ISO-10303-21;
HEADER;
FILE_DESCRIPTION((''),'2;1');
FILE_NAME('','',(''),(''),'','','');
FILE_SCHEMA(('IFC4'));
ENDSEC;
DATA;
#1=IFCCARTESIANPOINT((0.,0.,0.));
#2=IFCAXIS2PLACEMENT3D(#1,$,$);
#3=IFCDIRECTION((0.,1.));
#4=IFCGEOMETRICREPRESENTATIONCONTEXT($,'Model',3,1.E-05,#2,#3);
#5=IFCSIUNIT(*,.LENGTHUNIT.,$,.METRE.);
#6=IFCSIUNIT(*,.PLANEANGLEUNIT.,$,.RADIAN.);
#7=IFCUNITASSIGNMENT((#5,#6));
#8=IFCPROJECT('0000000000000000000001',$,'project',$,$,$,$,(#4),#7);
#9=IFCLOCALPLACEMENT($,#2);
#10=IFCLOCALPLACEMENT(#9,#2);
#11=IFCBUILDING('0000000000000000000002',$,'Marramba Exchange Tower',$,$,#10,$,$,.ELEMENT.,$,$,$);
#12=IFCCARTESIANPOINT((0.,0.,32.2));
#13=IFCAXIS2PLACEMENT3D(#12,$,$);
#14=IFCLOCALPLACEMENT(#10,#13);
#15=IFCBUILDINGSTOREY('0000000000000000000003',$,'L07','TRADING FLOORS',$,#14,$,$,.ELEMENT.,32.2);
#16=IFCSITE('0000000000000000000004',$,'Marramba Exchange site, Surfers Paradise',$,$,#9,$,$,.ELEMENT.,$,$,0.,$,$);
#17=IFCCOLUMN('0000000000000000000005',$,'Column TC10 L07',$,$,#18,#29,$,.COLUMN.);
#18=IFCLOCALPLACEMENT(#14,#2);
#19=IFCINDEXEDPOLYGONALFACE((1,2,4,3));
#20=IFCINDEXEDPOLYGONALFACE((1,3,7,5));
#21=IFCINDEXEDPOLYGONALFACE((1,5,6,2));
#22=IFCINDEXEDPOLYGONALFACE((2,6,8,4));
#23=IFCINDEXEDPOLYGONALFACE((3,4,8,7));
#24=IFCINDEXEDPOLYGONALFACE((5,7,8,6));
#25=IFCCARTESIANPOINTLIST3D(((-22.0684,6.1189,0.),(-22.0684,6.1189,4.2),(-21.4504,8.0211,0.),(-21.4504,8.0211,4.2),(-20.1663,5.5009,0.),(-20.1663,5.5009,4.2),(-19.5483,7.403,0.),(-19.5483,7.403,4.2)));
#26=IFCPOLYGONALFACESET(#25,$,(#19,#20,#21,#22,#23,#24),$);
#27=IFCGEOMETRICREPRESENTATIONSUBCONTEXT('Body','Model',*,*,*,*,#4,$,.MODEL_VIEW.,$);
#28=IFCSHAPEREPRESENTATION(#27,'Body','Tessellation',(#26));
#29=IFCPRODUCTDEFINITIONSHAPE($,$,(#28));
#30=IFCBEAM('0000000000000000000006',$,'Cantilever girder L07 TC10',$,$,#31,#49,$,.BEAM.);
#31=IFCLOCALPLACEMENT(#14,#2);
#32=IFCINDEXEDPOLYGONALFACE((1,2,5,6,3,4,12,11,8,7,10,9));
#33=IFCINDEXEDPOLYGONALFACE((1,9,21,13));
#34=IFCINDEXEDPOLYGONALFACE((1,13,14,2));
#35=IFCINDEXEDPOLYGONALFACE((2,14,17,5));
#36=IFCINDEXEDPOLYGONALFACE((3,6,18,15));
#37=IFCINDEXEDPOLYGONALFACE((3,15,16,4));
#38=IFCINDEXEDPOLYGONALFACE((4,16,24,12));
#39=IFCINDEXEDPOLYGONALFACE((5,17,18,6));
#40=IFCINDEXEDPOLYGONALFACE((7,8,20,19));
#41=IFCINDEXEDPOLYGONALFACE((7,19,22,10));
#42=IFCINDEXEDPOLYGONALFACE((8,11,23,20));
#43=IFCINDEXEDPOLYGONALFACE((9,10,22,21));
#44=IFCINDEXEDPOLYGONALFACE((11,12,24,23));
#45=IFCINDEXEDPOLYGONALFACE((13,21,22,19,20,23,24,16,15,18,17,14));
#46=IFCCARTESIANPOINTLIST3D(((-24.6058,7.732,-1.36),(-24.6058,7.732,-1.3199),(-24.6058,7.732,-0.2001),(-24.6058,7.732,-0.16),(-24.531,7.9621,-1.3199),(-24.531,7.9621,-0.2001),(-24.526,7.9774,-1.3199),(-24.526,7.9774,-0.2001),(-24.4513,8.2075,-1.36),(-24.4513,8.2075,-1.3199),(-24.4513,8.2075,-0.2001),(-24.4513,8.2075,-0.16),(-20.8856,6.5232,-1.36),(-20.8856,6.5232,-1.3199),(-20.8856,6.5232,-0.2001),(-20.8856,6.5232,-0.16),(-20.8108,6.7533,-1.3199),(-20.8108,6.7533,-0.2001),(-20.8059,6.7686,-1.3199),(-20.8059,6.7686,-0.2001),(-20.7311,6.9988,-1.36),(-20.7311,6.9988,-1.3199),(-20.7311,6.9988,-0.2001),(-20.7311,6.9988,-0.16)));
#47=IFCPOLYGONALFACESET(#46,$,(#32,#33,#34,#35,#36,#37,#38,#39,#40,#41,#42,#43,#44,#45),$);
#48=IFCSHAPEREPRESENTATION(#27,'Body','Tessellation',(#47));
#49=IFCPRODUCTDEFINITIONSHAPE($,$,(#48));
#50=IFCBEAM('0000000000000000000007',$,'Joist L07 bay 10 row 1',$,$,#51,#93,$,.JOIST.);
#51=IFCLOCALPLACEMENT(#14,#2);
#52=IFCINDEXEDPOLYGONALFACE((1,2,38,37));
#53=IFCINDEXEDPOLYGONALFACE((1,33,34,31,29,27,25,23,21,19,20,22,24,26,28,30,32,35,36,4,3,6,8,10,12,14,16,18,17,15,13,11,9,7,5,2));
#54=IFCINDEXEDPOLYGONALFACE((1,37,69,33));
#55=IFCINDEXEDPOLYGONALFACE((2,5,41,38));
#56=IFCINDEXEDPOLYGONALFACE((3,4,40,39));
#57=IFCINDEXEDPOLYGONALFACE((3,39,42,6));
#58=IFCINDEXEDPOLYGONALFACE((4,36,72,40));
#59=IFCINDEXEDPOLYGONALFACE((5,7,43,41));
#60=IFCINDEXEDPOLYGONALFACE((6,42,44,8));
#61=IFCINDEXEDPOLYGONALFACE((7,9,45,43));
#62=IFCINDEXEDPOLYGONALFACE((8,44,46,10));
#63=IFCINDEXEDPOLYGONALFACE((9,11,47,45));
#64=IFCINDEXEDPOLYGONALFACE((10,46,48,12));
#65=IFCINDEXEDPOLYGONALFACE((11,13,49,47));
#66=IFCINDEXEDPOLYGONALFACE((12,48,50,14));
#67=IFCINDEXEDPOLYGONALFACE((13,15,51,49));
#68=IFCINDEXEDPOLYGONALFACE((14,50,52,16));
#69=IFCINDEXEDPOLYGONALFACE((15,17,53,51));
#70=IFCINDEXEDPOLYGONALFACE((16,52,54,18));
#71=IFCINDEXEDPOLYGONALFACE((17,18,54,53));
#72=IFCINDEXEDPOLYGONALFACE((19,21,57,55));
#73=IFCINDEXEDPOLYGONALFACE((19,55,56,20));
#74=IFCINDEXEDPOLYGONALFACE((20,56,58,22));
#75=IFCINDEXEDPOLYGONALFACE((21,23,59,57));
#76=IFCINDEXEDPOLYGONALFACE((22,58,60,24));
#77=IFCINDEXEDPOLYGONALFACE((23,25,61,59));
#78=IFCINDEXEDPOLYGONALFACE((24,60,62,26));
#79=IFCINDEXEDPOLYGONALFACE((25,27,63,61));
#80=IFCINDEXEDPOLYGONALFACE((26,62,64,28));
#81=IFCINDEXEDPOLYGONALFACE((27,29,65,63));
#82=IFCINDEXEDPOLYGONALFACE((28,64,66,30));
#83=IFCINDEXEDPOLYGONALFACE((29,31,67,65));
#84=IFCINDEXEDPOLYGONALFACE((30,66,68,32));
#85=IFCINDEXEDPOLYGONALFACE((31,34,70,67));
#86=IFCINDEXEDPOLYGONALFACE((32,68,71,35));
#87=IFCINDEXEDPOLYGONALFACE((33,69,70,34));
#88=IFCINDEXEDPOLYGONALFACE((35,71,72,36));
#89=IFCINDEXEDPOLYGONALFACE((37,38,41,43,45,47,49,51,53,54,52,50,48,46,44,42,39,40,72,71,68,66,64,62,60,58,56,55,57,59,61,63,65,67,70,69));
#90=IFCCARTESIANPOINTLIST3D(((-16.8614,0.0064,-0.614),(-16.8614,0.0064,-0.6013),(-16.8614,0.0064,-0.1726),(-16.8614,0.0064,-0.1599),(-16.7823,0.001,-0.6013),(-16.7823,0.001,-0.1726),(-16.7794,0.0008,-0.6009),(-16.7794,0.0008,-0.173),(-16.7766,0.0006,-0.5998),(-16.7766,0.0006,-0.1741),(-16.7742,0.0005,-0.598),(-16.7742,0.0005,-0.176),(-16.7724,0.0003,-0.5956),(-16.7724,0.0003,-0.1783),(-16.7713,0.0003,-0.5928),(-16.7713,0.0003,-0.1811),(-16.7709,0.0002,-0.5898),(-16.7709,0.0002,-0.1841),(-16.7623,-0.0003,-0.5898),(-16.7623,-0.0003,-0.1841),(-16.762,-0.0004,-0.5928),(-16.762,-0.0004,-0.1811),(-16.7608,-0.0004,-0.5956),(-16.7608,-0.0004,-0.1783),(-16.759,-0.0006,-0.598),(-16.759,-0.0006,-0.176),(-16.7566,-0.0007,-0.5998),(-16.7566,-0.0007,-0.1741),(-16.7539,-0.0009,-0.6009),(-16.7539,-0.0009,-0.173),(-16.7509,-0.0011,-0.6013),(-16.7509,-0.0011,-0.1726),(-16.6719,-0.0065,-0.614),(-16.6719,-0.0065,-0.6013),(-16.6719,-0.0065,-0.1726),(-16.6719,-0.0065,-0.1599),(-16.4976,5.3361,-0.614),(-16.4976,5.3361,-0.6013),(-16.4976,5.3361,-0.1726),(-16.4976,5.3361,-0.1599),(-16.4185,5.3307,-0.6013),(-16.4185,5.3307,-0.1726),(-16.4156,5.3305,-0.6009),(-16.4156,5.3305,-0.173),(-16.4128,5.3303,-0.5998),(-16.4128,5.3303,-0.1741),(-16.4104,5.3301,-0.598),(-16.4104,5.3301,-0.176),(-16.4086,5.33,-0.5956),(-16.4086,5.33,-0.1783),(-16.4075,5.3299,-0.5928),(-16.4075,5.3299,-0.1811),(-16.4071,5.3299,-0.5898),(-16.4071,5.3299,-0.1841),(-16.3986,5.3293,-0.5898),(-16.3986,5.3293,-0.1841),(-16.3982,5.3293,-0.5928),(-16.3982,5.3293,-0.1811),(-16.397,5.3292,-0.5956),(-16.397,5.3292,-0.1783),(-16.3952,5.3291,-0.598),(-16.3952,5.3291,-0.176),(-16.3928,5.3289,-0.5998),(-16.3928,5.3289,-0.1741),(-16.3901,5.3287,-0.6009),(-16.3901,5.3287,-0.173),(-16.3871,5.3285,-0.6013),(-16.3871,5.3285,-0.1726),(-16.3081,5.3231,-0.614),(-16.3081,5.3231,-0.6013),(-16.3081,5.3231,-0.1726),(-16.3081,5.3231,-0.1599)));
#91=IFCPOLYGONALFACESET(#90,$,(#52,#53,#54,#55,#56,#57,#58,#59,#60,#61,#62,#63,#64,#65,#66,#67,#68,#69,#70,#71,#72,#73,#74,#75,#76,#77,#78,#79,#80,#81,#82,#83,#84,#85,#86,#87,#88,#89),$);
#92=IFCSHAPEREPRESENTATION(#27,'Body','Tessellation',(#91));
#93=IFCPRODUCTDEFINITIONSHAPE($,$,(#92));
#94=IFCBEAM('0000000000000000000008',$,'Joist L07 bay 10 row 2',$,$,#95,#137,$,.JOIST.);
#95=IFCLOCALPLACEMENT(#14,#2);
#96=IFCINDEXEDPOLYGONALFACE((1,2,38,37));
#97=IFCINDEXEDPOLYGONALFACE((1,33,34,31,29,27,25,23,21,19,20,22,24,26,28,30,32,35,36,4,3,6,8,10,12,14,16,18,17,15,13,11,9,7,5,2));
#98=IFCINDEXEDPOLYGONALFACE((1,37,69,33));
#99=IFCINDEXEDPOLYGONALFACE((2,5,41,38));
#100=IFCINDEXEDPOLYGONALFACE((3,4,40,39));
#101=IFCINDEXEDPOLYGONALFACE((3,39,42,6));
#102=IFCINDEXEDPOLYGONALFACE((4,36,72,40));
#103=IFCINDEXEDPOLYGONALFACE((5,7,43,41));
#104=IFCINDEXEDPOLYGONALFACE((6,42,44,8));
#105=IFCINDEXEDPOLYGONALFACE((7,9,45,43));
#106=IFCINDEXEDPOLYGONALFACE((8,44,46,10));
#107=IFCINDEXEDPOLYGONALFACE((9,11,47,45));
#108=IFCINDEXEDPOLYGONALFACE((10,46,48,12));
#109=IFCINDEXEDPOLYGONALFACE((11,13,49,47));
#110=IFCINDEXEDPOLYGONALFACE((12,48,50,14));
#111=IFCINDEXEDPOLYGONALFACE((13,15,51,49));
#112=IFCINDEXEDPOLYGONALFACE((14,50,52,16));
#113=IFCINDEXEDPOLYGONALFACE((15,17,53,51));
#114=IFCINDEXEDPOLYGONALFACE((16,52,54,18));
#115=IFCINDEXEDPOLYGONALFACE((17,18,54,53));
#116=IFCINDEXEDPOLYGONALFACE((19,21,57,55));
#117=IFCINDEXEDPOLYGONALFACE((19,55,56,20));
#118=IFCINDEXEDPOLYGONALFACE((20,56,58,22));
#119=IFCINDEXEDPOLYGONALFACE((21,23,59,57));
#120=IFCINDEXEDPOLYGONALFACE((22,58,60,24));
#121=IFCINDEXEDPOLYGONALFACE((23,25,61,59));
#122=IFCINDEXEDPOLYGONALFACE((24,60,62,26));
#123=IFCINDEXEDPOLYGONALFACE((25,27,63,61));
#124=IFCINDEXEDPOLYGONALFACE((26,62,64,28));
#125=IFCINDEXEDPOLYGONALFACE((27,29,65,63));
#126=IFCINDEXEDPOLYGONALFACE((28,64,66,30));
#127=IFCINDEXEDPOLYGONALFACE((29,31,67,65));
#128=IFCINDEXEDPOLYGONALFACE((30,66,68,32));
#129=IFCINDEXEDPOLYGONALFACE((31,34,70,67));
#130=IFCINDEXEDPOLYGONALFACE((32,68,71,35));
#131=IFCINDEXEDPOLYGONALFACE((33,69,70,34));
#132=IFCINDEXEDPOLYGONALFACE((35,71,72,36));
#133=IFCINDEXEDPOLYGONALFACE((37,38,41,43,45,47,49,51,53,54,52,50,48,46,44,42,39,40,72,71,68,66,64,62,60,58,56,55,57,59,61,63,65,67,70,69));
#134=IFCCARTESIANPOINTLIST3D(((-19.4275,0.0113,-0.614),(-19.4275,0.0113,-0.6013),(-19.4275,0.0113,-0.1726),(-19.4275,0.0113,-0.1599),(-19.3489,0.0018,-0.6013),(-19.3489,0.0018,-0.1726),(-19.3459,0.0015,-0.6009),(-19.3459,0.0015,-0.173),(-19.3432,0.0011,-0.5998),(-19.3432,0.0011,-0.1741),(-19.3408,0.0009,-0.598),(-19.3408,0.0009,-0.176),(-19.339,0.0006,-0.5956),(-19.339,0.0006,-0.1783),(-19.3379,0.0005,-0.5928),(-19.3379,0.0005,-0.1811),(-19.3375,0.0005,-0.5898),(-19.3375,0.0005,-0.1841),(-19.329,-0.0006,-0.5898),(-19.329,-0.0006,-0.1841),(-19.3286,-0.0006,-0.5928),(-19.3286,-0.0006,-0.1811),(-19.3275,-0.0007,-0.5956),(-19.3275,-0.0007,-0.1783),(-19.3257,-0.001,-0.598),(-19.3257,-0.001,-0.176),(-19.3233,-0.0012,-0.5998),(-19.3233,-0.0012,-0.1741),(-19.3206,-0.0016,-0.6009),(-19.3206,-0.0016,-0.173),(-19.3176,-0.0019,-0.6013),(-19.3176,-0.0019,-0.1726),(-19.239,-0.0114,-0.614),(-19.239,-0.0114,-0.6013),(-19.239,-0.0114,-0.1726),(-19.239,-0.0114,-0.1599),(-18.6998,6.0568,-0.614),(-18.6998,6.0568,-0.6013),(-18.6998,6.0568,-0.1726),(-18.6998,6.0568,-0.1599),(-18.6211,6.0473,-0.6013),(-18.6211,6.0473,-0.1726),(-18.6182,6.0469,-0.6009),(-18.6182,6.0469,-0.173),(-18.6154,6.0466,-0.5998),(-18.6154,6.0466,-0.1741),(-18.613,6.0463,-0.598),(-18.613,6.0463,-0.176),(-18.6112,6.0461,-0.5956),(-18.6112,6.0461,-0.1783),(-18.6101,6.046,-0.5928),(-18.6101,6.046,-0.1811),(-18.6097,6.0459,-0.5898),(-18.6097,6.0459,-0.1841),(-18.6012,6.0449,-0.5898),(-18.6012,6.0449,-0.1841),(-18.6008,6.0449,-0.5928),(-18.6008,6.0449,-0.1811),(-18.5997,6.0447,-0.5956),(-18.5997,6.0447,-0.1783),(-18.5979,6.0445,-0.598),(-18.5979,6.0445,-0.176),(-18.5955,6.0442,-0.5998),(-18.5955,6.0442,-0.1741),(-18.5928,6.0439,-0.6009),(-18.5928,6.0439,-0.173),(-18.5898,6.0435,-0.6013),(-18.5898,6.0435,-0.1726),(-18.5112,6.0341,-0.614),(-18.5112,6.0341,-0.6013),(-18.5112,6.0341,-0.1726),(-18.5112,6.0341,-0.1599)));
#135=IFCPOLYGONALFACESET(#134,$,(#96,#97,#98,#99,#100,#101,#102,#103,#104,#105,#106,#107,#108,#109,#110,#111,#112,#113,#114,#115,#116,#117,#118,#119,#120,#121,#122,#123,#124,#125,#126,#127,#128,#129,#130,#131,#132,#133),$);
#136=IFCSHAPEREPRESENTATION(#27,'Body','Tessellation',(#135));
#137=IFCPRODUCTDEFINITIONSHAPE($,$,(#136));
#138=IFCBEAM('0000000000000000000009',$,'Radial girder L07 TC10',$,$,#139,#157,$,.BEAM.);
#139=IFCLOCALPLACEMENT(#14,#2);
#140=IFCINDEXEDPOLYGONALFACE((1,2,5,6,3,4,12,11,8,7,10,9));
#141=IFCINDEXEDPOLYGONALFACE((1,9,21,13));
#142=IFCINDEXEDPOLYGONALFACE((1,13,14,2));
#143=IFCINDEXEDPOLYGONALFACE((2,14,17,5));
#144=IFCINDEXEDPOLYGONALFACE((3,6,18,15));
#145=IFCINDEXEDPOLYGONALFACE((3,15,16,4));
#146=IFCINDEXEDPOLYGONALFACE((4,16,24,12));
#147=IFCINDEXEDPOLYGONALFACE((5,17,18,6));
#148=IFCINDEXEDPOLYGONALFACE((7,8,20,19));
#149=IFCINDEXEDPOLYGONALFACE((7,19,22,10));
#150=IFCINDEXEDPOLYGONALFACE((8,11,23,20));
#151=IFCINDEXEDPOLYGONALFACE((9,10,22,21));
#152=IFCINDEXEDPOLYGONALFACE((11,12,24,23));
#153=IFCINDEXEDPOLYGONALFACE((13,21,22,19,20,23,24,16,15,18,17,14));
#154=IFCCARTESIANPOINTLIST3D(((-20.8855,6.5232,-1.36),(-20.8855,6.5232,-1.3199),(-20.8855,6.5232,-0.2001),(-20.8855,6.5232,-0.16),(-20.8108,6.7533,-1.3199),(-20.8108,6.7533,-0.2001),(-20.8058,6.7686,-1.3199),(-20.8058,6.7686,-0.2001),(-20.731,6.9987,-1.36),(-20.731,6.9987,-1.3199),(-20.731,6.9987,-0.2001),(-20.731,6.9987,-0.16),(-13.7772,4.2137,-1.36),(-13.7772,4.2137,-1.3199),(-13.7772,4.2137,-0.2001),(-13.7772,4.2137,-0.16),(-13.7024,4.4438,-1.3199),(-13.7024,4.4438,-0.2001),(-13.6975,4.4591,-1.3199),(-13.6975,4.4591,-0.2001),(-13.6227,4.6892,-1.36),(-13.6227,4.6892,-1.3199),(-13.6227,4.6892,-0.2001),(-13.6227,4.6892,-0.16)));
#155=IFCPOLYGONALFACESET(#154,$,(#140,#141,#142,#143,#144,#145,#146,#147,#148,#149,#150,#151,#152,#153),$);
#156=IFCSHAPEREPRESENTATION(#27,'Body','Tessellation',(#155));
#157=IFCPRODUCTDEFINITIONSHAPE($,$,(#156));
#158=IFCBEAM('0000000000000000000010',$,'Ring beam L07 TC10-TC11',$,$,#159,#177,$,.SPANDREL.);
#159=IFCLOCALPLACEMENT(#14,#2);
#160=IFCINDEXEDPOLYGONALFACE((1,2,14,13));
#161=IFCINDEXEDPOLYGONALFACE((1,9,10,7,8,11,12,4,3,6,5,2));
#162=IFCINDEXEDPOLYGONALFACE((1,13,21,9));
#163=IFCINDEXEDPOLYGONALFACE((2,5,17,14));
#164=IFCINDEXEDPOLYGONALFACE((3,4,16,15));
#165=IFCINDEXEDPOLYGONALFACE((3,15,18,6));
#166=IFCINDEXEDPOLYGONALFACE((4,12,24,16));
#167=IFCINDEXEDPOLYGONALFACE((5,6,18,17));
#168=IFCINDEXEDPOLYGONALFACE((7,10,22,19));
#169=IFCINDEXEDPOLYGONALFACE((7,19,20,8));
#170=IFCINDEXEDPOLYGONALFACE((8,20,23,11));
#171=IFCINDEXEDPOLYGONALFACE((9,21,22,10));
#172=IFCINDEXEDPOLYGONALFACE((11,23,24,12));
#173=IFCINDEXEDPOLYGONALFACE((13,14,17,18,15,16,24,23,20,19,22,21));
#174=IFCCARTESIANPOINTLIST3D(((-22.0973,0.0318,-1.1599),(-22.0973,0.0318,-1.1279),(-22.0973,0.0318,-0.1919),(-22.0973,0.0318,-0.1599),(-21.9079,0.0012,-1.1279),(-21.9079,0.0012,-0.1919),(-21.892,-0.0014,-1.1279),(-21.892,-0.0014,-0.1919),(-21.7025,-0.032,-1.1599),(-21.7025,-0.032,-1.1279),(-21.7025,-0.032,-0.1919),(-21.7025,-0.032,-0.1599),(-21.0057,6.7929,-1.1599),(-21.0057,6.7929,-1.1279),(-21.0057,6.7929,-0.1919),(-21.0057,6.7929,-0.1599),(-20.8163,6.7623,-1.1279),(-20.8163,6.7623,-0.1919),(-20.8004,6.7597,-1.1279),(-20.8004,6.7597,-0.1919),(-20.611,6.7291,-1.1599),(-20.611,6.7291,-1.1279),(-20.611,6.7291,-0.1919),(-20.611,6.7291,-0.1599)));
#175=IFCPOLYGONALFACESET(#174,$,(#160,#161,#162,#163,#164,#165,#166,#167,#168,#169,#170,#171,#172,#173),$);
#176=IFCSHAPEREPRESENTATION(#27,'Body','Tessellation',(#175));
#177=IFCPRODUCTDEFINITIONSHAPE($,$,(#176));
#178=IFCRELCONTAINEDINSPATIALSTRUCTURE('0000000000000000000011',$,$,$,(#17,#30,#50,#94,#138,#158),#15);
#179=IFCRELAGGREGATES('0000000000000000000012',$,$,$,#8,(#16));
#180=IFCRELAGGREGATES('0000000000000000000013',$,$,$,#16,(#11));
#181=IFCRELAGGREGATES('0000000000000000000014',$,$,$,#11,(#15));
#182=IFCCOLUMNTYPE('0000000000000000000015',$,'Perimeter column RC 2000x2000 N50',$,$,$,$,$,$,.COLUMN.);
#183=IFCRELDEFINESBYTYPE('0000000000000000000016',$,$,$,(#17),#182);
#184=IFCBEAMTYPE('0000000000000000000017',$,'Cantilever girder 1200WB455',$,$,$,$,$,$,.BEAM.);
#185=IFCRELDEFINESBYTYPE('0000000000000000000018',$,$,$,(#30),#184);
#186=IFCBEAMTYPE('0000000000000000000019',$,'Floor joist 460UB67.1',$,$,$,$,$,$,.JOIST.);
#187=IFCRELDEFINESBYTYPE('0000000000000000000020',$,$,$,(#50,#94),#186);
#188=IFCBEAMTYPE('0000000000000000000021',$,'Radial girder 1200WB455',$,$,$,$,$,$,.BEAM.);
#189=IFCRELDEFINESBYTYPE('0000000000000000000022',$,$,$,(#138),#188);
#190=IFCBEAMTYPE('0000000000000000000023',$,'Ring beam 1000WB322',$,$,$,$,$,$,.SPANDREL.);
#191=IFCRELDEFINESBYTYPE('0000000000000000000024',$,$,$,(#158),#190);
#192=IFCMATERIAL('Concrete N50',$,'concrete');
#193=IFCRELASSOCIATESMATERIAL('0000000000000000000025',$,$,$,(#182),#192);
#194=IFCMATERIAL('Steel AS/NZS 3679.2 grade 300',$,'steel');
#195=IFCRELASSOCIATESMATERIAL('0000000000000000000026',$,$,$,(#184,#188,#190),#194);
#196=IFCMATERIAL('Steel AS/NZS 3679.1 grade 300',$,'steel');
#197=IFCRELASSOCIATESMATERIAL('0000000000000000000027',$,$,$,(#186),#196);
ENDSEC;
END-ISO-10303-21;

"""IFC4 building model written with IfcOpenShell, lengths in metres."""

from ifc_helpers import new_model, si_unit, direction, frame, origin, origin_2d, place, context, subcontext, project, spatial, rectangle, i_section, extrude, material, material_profile, profile_set, type_object, element, save


model = new_model("IFC4")

# Units and contexts
model_context = context("Model", 3, precision=1e-05, world=origin(), true_north=direction((0.0, 1.0)))
body_context = subcontext(model_context, "Body", "Model", "MODEL_VIEW")
ifc_project = project(units=[si_unit("LENGTHUNIT", "METRE"), si_unit("PLANEANGLEUNIT", "RADIAN")], contexts=[model_context])

# Site, building, storey
site_placement = place(None, origin())
site = spatial("IfcSite", under=ifc_project, at=site_placement, Name="Marramba Exchange site, Surfers Paradise", CompositionType="ELEMENT", RefElevation=0.0)
building_placement = place(site_placement, origin())
building = spatial("IfcBuilding", under=site, at=building_placement, Name="Marramba Exchange Tower", CompositionType="ELEMENT")
storey_placement = place(building_placement, frame((0.0, 0.0, 32.2)))
storey = spatial("IfcBuildingStorey", under=building, at=storey_placement, Name="L07", Description="TRADING FLOORS", CompositionType="ELEMENT", Elevation=32.2)

# Column
ifc_material_1 = material(Name="Concrete N50", Category="concrete")
ifc_material_profile_1 = material_profile(ifc_material_1, rectangle(XDim=2.0, YDim=2.0, at=origin_2d()), Name="RC 2000x2000")
ifc_profile_set_1 = profile_set([ifc_material_profile_1], Name="Concrete N50")
column_type = type_object("IfcColumnType", Name="Perimeter column RC 2000x2000 N50", PredefinedType="COLUMN", material=ifc_profile_set_1)
column_placement = place(storey_placement, frame((-20.8083, 6.761, 0.0), z_axis=(0.0, 0.0, 1.0), x_axis=(-0.951057, 0.309017, 0.0)))
element("IfcColumn", 1, at=column_placement, inside=storey, type_object=column_type, Name="Column TC10 L07", PredefinedType="COLUMN", context=body_context, shape_type="SweptSolid", body=[
    extrude(rectangle(XDim=2.0, YDim=2.0, at=origin_2d()), origin(), (0.0, 0.0, 1.0), 4.2),
])

# Beams
ifc_material_2 = material(Name="Steel AS/NZS 3679.2 grade 300", Category="steel")
ifc_material_profile_2 = material_profile(ifc_material_2, i_section(OverallWidth=0.5, OverallDepth=1.2, WebThickness=0.0161, FlangeThickness=0.04, at=origin_2d()), Name="1200WB455")
ifc_profile_set_2 = profile_set([ifc_material_profile_2], Name="Steel AS/NZS 3679.2 grade 300")
beam_type_1 = type_object("IfcBeamType", Name="Cantilever girder 1200WB455", PredefinedType="BEAM", material=ifc_profile_set_2)
beam_1_placement = place(storey_placement, frame((-20.8083, 6.761, -0.76), z_axis=(-0.951059, 0.30901, 0.0), x_axis=(-0.30901, -0.951059, 0.0)))
element("IfcBeam", 2, at=beam_1_placement, inside=storey, type_object=beam_type_1, Name="Cantilever girder L07 TC10", PredefinedType="BEAM", context=body_context, shape_type="SweptSolid", body=[
    extrude(i_section(OverallWidth=0.5, OverallDepth=1.2, WebThickness=0.0161, FlangeThickness=0.04, at=origin_2d()), origin(), (0.0, 0.0, 1.0), 3.9116),
])
ifc_material_3 = material(Name="Steel AS/NZS 3679.1 grade 300", Category="steel")
ifc_material_profile_3 = material_profile(ifc_material_3, i_section(OverallWidth=0.1899, OverallDepth=0.4541, WebThickness=0.0085, FlangeThickness=0.0127, FilletRadius=0.0115, at=origin_2d()), Name="460UB67.1")
ifc_profile_set_3 = profile_set([ifc_material_profile_3], Name="Steel AS/NZS 3679.1 grade 300")
beam_type_2 = type_object("IfcBeamType", Name="Floor joist 460UB67.1", PredefinedType="JOIST", material=ifc_profile_set_3)
beam_2_placement = place(storey_placement, frame((-16.4028, 5.3296, -0.387), z_axis=(-0.068096, -0.997679, 0.0), x_axis=(0.997679, -0.068096, 0.0)))
element("IfcBeam", 3, at=beam_2_placement, inside=storey, type_object=beam_type_2, Name="Joist L07 bay 10 row 1", PredefinedType="JOIST", context=body_context, shape_type="SweptSolid", body=[
    extrude(i_section(OverallWidth=0.1899, OverallDepth=0.4541, WebThickness=0.0085, FlangeThickness=0.0127, FilletRadius=0.0115, at=origin_2d()), origin(), (0.0, 0.0, 1.0), 5.342),
])
beam_3_placement = place(storey_placement, frame((-18.6055, 6.0454, -0.387), z_axis=(-0.119523, -0.992831, 0.0), x_axis=(0.992831, -0.119523, 0.0)))
element("IfcBeam", 4, at=beam_3_placement, inside=storey, type_object=beam_type_2, Name="Joist L07 bay 10 row 2", PredefinedType="JOIST", context=body_context, shape_type="SweptSolid", body=[
    extrude(i_section(OverallWidth=0.1899, OverallDepth=0.4541, WebThickness=0.0085, FlangeThickness=0.0127, FilletRadius=0.0115, at=origin_2d()), origin(), (0.0, 0.0, 1.0), 6.0891),
])
ifc_material_profile_4 = material_profile(ifc_material_2, i_section(OverallWidth=0.5, OverallDepth=1.2, WebThickness=0.0161, FlangeThickness=0.04, at=origin_2d()), Name="1200WB455")
ifc_profile_set_4 = profile_set([ifc_material_profile_4], Name="Steel AS/NZS 3679.2 grade 300")
beam_type_3 = type_object("IfcBeamType", Name="Radial girder 1200WB455", PredefinedType="BEAM", material=ifc_profile_set_4)
beam_4_placement = place(storey_placement, frame((-13.7, 4.4514, -0.76), z_axis=(-0.95106, 0.309006, 0.0), x_axis=(-0.309006, -0.95106, 0.0)))
element("IfcBeam", 5, at=beam_4_placement, inside=storey, type_object=beam_type_3, Name="Radial girder L07 TC10", PredefinedType="BEAM", context=body_context, shape_type="SweptSolid", body=[
    extrude(i_section(OverallWidth=0.5, OverallDepth=1.2, WebThickness=0.0161, FlangeThickness=0.04, at=origin_2d()), origin(), (0.0, 0.0, 1.0), 7.4741),
])
ifc_material_profile_5 = material_profile(ifc_material_2, i_section(OverallWidth=0.3999, OverallDepth=1.0, WebThickness=0.0161, FlangeThickness=0.032, at=origin_2d()), Name="1000WB322")
ifc_profile_set_5 = profile_set([ifc_material_profile_5], Name="Steel AS/NZS 3679.2 grade 300")
beam_type_4 = type_object("IfcBeamType", Name="Ring beam 1000WB322", PredefinedType="SPANDREL", material=ifc_profile_set_5)
beam_5_placement = place(storey_placement, frame((-20.8083, 6.761, -0.6599), z_axis=(-0.159385, -0.987217, 0.0), x_axis=(0.987217, -0.159385, 0.0)))
element("IfcBeam", 6, at=beam_5_placement, inside=storey, type_object=beam_type_4, Name="Ring beam L07 TC10-TC11", PredefinedType="SPANDREL", context=body_context, shape_type="SweptSolid", body=[
    extrude(i_section(OverallWidth=0.3999, OverallDepth=1.0, WebThickness=0.0161, FlangeThickness=0.032, at=origin_2d()), origin(), (0.0, 0.0, 1.0), 6.8486),
])

save(model, "model.ifc")
